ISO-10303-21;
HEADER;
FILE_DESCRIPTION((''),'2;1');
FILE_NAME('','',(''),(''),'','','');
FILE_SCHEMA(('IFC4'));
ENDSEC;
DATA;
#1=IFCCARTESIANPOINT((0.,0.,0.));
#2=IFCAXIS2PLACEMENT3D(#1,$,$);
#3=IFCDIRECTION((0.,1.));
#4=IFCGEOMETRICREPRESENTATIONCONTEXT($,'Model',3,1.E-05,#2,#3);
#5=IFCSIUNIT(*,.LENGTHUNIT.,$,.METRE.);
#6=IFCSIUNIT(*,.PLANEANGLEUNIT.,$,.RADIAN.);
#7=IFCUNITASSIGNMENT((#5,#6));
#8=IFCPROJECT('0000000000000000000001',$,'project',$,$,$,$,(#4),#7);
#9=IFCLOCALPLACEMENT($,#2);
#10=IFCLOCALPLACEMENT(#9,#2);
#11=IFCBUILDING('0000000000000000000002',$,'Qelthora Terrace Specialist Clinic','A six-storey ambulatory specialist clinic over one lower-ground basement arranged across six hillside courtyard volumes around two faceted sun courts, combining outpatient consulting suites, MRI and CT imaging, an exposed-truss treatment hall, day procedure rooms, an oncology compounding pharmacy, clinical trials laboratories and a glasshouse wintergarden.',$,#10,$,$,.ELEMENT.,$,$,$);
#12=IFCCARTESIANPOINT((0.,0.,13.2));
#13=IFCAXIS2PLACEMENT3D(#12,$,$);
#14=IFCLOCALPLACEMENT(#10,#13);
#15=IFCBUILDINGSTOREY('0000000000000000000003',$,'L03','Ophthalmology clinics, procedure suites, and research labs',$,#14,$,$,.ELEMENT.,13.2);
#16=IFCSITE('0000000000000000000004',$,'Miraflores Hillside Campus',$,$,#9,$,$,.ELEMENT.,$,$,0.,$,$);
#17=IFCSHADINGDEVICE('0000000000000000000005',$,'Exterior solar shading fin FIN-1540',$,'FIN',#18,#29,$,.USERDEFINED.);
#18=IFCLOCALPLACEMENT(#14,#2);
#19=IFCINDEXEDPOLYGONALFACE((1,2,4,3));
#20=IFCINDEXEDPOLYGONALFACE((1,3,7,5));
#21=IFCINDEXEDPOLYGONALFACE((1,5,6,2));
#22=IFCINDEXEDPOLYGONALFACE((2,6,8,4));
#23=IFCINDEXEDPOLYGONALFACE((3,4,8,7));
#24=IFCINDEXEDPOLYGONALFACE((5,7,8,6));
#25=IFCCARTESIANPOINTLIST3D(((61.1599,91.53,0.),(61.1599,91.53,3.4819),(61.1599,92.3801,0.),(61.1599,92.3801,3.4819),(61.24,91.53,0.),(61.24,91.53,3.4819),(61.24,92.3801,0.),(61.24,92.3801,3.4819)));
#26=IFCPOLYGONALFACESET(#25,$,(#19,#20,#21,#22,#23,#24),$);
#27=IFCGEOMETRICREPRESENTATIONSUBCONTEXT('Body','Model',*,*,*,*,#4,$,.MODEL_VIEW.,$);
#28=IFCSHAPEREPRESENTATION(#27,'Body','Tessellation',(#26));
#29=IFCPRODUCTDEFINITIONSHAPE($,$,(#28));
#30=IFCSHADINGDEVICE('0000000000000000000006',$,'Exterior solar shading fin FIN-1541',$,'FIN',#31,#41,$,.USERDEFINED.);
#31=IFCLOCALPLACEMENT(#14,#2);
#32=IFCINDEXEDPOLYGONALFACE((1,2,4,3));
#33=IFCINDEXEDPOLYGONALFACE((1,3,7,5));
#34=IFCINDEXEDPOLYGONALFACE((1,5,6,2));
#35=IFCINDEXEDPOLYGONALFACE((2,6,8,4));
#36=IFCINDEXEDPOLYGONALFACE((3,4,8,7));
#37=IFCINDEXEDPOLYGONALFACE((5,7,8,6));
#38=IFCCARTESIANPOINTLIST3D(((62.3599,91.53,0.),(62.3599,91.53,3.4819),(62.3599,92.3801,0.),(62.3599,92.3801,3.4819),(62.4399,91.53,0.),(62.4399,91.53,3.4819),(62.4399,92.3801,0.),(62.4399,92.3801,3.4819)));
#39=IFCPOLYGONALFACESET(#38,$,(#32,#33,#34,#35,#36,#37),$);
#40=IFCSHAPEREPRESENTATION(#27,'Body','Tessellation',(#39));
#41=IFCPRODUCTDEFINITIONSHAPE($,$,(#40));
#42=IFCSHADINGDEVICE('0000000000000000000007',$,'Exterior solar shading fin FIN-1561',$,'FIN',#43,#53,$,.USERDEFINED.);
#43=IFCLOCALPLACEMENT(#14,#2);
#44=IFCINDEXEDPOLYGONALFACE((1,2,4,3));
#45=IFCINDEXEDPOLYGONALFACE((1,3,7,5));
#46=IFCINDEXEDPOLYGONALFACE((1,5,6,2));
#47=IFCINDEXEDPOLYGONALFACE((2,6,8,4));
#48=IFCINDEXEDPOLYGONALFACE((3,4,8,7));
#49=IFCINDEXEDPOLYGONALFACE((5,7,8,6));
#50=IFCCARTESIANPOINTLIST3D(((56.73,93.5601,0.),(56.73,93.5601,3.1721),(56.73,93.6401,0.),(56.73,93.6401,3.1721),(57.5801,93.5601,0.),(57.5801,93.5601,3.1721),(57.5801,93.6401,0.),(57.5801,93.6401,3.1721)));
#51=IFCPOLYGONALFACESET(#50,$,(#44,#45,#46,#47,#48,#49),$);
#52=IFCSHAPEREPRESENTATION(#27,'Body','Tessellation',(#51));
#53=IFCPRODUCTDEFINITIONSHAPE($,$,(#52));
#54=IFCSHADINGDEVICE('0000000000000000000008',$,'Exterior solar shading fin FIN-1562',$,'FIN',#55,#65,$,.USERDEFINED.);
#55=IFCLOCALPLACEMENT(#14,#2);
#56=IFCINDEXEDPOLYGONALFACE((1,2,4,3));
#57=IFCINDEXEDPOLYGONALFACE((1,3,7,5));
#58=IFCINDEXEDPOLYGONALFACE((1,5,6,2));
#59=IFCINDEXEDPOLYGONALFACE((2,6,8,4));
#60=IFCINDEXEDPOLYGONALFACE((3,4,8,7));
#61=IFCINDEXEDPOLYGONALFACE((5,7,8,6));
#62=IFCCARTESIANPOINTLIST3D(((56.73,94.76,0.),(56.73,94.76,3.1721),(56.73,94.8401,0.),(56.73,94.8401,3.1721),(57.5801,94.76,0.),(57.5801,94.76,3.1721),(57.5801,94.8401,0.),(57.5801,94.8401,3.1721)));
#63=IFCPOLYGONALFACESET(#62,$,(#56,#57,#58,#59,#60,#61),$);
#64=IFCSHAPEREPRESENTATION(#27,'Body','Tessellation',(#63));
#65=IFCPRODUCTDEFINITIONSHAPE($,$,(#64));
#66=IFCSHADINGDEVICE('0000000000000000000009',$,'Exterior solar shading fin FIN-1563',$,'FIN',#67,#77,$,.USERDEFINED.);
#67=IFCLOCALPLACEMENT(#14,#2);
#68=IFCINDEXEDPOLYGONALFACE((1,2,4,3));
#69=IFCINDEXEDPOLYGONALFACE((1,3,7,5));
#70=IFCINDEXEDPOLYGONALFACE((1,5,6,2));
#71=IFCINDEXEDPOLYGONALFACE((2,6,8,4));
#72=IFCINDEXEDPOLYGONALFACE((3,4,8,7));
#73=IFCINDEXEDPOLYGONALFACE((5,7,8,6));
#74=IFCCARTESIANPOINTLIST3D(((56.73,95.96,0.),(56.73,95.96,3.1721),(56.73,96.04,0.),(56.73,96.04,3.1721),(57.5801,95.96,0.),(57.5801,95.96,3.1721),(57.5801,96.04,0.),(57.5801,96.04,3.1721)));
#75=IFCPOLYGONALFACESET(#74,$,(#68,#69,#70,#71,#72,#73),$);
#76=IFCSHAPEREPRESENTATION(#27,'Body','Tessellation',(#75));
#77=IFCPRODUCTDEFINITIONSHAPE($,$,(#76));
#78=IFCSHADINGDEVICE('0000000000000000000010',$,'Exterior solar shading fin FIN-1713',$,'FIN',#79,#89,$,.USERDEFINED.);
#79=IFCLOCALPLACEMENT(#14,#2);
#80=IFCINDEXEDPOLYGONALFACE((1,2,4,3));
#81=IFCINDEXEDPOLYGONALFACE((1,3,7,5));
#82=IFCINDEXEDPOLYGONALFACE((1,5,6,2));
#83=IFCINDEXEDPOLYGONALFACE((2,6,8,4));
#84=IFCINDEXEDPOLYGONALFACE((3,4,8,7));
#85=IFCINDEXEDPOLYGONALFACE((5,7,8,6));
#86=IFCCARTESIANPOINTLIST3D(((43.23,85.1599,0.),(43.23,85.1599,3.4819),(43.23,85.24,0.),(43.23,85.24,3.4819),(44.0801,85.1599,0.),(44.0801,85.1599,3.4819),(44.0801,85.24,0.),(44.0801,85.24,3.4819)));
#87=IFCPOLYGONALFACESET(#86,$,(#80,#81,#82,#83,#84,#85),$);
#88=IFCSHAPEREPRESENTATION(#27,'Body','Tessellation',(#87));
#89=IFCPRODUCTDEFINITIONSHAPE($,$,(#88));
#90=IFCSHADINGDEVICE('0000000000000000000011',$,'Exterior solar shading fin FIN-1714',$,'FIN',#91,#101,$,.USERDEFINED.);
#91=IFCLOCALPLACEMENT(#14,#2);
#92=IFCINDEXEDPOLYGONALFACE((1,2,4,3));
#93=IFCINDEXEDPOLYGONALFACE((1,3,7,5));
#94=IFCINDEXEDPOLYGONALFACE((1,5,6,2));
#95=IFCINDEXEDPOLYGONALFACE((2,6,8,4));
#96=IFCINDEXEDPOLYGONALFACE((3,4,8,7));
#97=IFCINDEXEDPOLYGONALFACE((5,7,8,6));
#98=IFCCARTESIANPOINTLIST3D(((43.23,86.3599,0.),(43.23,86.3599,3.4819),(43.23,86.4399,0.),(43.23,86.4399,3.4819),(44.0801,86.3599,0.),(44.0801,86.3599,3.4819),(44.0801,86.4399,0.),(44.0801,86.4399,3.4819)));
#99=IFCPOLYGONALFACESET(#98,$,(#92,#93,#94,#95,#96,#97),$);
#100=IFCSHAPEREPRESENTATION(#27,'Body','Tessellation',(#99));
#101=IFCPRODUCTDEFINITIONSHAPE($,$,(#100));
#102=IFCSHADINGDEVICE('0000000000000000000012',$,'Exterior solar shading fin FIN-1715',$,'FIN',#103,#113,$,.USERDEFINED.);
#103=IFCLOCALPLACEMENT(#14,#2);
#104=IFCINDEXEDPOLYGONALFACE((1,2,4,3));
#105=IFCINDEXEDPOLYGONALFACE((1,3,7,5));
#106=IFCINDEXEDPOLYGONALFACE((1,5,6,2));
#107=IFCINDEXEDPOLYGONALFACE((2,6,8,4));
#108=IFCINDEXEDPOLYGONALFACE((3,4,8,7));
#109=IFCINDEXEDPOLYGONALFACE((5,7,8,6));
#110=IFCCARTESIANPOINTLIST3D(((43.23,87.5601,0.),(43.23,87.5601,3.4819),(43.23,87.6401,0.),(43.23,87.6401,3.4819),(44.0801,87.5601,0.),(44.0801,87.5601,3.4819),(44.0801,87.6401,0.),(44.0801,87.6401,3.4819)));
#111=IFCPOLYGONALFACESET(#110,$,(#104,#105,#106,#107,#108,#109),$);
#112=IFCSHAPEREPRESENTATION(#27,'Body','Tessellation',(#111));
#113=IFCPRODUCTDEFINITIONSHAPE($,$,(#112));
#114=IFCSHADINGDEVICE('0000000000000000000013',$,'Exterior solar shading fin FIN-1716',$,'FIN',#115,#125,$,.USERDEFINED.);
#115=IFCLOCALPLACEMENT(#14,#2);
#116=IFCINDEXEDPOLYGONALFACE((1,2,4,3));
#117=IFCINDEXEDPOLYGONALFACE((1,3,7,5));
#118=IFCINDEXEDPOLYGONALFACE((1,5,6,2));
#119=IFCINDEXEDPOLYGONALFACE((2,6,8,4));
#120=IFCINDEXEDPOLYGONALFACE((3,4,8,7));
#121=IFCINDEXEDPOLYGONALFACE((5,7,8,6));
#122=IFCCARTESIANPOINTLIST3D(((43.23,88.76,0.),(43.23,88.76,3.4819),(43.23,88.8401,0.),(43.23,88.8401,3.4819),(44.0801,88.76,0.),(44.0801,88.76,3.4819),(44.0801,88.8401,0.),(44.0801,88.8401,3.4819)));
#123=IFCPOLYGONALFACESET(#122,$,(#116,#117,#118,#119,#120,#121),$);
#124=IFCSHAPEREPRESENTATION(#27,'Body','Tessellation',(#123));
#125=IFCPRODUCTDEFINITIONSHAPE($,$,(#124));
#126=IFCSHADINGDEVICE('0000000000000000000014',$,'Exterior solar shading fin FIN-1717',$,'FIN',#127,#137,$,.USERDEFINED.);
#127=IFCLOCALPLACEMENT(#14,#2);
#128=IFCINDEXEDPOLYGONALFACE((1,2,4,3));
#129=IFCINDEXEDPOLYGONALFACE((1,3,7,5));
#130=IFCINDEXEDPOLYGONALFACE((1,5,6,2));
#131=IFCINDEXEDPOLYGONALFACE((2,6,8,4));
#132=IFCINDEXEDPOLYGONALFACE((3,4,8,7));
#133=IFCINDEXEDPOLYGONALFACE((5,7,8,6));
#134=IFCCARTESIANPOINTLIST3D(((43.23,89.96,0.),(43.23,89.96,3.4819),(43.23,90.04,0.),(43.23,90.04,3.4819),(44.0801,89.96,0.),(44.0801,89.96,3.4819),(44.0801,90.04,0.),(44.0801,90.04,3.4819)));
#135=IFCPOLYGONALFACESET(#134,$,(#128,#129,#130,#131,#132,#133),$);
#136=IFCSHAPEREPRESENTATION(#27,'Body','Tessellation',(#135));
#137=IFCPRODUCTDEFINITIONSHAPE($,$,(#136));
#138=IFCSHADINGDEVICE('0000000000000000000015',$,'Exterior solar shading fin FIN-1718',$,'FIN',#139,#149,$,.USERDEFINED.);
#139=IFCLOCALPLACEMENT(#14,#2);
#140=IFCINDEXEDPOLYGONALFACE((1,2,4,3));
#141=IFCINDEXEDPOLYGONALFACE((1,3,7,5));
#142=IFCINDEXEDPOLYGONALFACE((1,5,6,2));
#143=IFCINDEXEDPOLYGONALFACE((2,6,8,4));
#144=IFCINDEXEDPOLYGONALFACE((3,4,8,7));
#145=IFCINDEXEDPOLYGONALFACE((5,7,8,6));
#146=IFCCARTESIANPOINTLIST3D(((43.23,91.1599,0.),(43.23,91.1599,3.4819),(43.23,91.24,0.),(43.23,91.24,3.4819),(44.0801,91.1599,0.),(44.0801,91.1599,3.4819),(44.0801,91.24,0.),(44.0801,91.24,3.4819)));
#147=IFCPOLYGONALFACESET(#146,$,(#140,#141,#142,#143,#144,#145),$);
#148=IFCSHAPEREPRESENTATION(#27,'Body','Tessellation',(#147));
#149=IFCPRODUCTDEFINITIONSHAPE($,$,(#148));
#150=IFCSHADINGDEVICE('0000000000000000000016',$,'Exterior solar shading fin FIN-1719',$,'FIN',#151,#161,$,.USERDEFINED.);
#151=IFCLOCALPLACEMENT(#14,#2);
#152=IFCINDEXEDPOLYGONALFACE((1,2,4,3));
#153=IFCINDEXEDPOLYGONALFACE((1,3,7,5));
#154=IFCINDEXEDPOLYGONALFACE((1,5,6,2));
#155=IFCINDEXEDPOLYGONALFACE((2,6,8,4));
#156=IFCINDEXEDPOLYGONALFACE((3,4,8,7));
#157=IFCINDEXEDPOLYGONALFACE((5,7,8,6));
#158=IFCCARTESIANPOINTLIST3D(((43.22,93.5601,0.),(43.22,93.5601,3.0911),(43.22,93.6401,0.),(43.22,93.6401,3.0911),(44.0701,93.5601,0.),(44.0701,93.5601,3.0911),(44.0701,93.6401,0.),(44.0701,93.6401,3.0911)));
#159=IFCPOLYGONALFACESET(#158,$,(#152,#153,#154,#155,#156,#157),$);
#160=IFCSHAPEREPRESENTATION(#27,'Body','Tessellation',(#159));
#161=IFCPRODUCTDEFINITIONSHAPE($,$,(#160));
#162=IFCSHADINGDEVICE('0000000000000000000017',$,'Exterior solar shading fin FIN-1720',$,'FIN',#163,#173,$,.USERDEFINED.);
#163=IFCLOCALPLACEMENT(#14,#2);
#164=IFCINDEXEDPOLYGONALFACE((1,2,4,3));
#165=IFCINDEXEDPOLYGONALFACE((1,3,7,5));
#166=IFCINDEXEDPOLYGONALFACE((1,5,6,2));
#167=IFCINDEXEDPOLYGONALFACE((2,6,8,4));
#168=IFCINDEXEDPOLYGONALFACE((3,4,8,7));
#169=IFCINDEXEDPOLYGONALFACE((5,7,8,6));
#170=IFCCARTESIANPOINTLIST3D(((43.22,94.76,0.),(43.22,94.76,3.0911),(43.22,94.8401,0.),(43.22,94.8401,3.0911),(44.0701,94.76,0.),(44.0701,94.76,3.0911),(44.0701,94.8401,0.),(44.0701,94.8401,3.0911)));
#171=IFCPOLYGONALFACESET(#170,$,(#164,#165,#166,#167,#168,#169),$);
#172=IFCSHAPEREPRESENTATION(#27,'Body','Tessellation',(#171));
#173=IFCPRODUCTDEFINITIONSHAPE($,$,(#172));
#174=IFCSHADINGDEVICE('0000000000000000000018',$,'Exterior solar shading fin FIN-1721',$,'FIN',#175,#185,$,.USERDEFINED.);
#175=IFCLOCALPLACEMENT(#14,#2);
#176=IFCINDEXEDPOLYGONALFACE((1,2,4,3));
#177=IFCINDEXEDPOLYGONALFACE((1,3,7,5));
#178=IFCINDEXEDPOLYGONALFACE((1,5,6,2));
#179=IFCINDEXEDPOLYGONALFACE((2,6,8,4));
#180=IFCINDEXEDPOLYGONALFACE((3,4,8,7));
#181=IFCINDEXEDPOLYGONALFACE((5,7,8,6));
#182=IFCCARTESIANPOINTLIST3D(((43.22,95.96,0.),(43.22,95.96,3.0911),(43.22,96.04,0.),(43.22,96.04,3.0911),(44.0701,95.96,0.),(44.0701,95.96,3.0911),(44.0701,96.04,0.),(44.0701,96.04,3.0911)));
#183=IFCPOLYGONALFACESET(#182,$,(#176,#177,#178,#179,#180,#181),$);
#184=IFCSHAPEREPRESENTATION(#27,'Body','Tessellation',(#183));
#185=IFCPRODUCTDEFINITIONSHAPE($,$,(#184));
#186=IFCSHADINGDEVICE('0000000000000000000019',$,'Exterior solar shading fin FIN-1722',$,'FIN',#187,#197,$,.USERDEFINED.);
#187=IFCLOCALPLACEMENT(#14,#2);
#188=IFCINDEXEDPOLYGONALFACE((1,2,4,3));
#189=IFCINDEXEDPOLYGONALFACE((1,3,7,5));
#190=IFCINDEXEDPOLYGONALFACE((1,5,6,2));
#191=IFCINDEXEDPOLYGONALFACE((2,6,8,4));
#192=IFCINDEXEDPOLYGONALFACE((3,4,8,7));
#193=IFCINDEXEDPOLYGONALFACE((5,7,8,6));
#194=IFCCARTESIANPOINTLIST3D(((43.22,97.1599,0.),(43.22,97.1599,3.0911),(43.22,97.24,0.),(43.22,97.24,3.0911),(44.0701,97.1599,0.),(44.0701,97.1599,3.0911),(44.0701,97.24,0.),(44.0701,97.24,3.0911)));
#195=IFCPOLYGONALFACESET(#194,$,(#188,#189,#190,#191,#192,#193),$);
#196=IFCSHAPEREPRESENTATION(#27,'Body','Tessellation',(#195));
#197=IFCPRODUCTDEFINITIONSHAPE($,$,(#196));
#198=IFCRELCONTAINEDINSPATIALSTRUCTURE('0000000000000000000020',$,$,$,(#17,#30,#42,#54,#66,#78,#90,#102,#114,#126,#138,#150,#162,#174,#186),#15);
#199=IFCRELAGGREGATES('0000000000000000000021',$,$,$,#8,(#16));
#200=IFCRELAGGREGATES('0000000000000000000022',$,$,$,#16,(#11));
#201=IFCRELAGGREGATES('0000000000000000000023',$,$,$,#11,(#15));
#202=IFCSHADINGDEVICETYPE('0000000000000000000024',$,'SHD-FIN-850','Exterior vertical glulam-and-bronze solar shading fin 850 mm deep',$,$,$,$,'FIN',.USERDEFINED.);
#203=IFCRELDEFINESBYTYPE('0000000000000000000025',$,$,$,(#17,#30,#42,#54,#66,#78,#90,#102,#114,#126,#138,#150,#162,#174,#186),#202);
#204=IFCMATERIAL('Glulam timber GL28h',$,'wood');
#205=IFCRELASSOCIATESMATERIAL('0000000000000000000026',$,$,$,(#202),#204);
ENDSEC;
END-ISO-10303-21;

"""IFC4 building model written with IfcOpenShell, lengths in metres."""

from ifc_helpers import new_model, si_unit, direction, frame, origin, origin_2d, place, context, subcontext, project, spatial, rectangle, extrude, material, type_object, element, save


model = new_model("IFC4")

# Units and contexts
model_context = context("Model", 3, precision=1e-05, world=origin(), true_north=direction((0.0, 1.0)))
body_context = subcontext(model_context, "Body", "Model", "MODEL_VIEW")
ifc_project = project(units=[si_unit("LENGTHUNIT", "METRE"), si_unit("PLANEANGLEUNIT", "RADIAN")], contexts=[model_context])

# Site, building, storey
site_placement = place(None, origin())
site = spatial("IfcSite", under=ifc_project, at=site_placement, Name="Miraflores Hillside Campus", CompositionType="ELEMENT", RefElevation=0.0)
building_placement = place(site_placement, origin())
building = spatial("IfcBuilding", under=site, at=building_placement, Name="Qelthora Terrace Specialist Clinic", Description="A six-storey ambulatory specialist clinic over one lower-ground basement arranged across six hillside courtyard volumes around two faceted sun courts, combining outpatient consulting suites, MRI and CT imaging, an exposed-truss treatment hall, day procedure rooms, an oncology compounding pharmacy, clinical trials laboratories and a glasshouse wintergarden.", CompositionType="ELEMENT")
storey_placement = place(building_placement, frame((0.0, 0.0, 13.2)))
storey = spatial("IfcBuildingStorey", under=building, at=storey_placement, Name="L03", Description="Ophthalmology clinics, procedure suites, and research labs", CompositionType="ELEMENT", Elevation=13.2)

# Shared definitions
ifc_material_1 = material(Name="Glulam timber GL28h", Category="wood")

# Shading devices
shading_device_type = type_object("IfcShadingDeviceType", Name="SHD-FIN-850", Description="Exterior vertical glulam-and-bronze solar shading fin 850 mm deep", ElementType="FIN", PredefinedType="USERDEFINED", material=ifc_material_1)
for number, where, z_axis, x_axis, name in (
    (1, (61.2, 91.9551, 0.0), (0.0, 0.0, 1.0), (0.0, -1.0, 0.0), "Exterior solar shading fin FIN-1540"),
    (2, (62.3999, 91.9551, 0.0), (0.0, 0.0, 1.0), (0.0, -1.0, 0.0), "Exterior solar shading fin FIN-1541"),
):
    element("IfcShadingDevice", number, at=place(storey_placement, frame(where, z_axis=z_axis, x_axis=x_axis)), inside=storey, type_object=shading_device_type, Name=name, ObjectType="FIN", PredefinedType="USERDEFINED", context=body_context, shape_type="SweptSolid", body=[
        extrude(rectangle(XDim=0.8501, YDim=0.0801, at=origin_2d()), origin(), (0.0, 0.0, 1.0), 3.4819),
    ])
for number, where, z_axis, x_axis, name in (
    (3, (57.155, 93.6001, 0.0), (0.0, 0.0, 1.0), (-1.0, 0.0, 0.0), "Exterior solar shading fin FIN-1561"),
    (4, (57.155, 94.8, 0.0), (0.0, 0.0, 1.0), (-1.0, 0.0, 0.0), "Exterior solar shading fin FIN-1562"),
    (5, (57.155, 96.0, 0.0), (0.0, 0.0, 1.0), (-1.0, 0.0, 0.0), "Exterior solar shading fin FIN-1563"),
):
    element("IfcShadingDevice", number, at=place(storey_placement, frame(where, z_axis=z_axis, x_axis=x_axis)), inside=storey, type_object=shading_device_type, Name=name, ObjectType="FIN", PredefinedType="USERDEFINED", context=body_context, shape_type="SweptSolid", body=[
        extrude(rectangle(XDim=0.8501, YDim=0.0801, at=origin_2d()), origin(), (0.0, 0.0, 1.0), 3.1721),
    ])
for number, where, z_axis, x_axis, name in (
    (6, (43.655, 85.2, 0.0), (0.0, 0.0, 1.0), (1.0, 0.0, 0.0), "Exterior solar shading fin FIN-1713"),
    (7, (43.655, 86.3999, 0.0), (0.0, 0.0, 1.0), (1.0, 0.0, 0.0), "Exterior solar shading fin FIN-1714"),
    (8, (43.655, 87.6001, 0.0), (0.0, 0.0, 1.0), (1.0, 0.0, 0.0), "Exterior solar shading fin FIN-1715"),
    (9, (43.655, 88.8, 0.0), (0.0, 0.0, 1.0), (1.0, 0.0, 0.0), "Exterior solar shading fin FIN-1716"),
    (10, (43.655, 90.0, 0.0), (0.0, 0.0, 1.0), (1.0, 0.0, 0.0), "Exterior solar shading fin FIN-1717"),
    (11, (43.655, 91.2, 0.0), (0.0, 0.0, 1.0), (1.0, 0.0, 0.0), "Exterior solar shading fin FIN-1718"),
):
    element("IfcShadingDevice", number, at=place(storey_placement, frame(where, z_axis=z_axis, x_axis=x_axis)), inside=storey, type_object=shading_device_type, Name=name, ObjectType="FIN", PredefinedType="USERDEFINED", context=body_context, shape_type="SweptSolid", body=[
        extrude(rectangle(XDim=0.8501, YDim=0.0801, at=origin_2d()), origin(), (0.0, 0.0, 1.0), 3.4819),
    ])
for number, where, z_axis, x_axis, name in (
    (12, (43.645, 93.6001, 0.0), (0.0, 0.0, 1.0), (1.0, 0.0, 0.0), "Exterior solar shading fin FIN-1719"),
    (13, (43.645, 94.8, 0.0), (0.0, 0.0, 1.0), (1.0, 0.0, 0.0), "Exterior solar shading fin FIN-1720"),
    (14, (43.645, 96.0, 0.0), (0.0, 0.0, 1.0), (1.0, 0.0, 0.0), "Exterior solar shading fin FIN-1721"),
    (15, (43.645, 97.2, 0.0), (0.0, 0.0, 1.0), (1.0, 0.0, 0.0), "Exterior solar shading fin FIN-1722"),
):
    element("IfcShadingDevice", number, at=place(storey_placement, frame(where, z_axis=z_axis, x_axis=x_axis)), inside=storey, type_object=shading_device_type, Name=name, ObjectType="FIN", PredefinedType="USERDEFINED", context=body_context, shape_type="SweptSolid", body=[
        extrude(rectangle(XDim=0.8501, YDim=0.0801, at=origin_2d()), origin(), (0.0, 0.0, 1.0), 3.0911),
    ])

save(model, "model.ifc")
